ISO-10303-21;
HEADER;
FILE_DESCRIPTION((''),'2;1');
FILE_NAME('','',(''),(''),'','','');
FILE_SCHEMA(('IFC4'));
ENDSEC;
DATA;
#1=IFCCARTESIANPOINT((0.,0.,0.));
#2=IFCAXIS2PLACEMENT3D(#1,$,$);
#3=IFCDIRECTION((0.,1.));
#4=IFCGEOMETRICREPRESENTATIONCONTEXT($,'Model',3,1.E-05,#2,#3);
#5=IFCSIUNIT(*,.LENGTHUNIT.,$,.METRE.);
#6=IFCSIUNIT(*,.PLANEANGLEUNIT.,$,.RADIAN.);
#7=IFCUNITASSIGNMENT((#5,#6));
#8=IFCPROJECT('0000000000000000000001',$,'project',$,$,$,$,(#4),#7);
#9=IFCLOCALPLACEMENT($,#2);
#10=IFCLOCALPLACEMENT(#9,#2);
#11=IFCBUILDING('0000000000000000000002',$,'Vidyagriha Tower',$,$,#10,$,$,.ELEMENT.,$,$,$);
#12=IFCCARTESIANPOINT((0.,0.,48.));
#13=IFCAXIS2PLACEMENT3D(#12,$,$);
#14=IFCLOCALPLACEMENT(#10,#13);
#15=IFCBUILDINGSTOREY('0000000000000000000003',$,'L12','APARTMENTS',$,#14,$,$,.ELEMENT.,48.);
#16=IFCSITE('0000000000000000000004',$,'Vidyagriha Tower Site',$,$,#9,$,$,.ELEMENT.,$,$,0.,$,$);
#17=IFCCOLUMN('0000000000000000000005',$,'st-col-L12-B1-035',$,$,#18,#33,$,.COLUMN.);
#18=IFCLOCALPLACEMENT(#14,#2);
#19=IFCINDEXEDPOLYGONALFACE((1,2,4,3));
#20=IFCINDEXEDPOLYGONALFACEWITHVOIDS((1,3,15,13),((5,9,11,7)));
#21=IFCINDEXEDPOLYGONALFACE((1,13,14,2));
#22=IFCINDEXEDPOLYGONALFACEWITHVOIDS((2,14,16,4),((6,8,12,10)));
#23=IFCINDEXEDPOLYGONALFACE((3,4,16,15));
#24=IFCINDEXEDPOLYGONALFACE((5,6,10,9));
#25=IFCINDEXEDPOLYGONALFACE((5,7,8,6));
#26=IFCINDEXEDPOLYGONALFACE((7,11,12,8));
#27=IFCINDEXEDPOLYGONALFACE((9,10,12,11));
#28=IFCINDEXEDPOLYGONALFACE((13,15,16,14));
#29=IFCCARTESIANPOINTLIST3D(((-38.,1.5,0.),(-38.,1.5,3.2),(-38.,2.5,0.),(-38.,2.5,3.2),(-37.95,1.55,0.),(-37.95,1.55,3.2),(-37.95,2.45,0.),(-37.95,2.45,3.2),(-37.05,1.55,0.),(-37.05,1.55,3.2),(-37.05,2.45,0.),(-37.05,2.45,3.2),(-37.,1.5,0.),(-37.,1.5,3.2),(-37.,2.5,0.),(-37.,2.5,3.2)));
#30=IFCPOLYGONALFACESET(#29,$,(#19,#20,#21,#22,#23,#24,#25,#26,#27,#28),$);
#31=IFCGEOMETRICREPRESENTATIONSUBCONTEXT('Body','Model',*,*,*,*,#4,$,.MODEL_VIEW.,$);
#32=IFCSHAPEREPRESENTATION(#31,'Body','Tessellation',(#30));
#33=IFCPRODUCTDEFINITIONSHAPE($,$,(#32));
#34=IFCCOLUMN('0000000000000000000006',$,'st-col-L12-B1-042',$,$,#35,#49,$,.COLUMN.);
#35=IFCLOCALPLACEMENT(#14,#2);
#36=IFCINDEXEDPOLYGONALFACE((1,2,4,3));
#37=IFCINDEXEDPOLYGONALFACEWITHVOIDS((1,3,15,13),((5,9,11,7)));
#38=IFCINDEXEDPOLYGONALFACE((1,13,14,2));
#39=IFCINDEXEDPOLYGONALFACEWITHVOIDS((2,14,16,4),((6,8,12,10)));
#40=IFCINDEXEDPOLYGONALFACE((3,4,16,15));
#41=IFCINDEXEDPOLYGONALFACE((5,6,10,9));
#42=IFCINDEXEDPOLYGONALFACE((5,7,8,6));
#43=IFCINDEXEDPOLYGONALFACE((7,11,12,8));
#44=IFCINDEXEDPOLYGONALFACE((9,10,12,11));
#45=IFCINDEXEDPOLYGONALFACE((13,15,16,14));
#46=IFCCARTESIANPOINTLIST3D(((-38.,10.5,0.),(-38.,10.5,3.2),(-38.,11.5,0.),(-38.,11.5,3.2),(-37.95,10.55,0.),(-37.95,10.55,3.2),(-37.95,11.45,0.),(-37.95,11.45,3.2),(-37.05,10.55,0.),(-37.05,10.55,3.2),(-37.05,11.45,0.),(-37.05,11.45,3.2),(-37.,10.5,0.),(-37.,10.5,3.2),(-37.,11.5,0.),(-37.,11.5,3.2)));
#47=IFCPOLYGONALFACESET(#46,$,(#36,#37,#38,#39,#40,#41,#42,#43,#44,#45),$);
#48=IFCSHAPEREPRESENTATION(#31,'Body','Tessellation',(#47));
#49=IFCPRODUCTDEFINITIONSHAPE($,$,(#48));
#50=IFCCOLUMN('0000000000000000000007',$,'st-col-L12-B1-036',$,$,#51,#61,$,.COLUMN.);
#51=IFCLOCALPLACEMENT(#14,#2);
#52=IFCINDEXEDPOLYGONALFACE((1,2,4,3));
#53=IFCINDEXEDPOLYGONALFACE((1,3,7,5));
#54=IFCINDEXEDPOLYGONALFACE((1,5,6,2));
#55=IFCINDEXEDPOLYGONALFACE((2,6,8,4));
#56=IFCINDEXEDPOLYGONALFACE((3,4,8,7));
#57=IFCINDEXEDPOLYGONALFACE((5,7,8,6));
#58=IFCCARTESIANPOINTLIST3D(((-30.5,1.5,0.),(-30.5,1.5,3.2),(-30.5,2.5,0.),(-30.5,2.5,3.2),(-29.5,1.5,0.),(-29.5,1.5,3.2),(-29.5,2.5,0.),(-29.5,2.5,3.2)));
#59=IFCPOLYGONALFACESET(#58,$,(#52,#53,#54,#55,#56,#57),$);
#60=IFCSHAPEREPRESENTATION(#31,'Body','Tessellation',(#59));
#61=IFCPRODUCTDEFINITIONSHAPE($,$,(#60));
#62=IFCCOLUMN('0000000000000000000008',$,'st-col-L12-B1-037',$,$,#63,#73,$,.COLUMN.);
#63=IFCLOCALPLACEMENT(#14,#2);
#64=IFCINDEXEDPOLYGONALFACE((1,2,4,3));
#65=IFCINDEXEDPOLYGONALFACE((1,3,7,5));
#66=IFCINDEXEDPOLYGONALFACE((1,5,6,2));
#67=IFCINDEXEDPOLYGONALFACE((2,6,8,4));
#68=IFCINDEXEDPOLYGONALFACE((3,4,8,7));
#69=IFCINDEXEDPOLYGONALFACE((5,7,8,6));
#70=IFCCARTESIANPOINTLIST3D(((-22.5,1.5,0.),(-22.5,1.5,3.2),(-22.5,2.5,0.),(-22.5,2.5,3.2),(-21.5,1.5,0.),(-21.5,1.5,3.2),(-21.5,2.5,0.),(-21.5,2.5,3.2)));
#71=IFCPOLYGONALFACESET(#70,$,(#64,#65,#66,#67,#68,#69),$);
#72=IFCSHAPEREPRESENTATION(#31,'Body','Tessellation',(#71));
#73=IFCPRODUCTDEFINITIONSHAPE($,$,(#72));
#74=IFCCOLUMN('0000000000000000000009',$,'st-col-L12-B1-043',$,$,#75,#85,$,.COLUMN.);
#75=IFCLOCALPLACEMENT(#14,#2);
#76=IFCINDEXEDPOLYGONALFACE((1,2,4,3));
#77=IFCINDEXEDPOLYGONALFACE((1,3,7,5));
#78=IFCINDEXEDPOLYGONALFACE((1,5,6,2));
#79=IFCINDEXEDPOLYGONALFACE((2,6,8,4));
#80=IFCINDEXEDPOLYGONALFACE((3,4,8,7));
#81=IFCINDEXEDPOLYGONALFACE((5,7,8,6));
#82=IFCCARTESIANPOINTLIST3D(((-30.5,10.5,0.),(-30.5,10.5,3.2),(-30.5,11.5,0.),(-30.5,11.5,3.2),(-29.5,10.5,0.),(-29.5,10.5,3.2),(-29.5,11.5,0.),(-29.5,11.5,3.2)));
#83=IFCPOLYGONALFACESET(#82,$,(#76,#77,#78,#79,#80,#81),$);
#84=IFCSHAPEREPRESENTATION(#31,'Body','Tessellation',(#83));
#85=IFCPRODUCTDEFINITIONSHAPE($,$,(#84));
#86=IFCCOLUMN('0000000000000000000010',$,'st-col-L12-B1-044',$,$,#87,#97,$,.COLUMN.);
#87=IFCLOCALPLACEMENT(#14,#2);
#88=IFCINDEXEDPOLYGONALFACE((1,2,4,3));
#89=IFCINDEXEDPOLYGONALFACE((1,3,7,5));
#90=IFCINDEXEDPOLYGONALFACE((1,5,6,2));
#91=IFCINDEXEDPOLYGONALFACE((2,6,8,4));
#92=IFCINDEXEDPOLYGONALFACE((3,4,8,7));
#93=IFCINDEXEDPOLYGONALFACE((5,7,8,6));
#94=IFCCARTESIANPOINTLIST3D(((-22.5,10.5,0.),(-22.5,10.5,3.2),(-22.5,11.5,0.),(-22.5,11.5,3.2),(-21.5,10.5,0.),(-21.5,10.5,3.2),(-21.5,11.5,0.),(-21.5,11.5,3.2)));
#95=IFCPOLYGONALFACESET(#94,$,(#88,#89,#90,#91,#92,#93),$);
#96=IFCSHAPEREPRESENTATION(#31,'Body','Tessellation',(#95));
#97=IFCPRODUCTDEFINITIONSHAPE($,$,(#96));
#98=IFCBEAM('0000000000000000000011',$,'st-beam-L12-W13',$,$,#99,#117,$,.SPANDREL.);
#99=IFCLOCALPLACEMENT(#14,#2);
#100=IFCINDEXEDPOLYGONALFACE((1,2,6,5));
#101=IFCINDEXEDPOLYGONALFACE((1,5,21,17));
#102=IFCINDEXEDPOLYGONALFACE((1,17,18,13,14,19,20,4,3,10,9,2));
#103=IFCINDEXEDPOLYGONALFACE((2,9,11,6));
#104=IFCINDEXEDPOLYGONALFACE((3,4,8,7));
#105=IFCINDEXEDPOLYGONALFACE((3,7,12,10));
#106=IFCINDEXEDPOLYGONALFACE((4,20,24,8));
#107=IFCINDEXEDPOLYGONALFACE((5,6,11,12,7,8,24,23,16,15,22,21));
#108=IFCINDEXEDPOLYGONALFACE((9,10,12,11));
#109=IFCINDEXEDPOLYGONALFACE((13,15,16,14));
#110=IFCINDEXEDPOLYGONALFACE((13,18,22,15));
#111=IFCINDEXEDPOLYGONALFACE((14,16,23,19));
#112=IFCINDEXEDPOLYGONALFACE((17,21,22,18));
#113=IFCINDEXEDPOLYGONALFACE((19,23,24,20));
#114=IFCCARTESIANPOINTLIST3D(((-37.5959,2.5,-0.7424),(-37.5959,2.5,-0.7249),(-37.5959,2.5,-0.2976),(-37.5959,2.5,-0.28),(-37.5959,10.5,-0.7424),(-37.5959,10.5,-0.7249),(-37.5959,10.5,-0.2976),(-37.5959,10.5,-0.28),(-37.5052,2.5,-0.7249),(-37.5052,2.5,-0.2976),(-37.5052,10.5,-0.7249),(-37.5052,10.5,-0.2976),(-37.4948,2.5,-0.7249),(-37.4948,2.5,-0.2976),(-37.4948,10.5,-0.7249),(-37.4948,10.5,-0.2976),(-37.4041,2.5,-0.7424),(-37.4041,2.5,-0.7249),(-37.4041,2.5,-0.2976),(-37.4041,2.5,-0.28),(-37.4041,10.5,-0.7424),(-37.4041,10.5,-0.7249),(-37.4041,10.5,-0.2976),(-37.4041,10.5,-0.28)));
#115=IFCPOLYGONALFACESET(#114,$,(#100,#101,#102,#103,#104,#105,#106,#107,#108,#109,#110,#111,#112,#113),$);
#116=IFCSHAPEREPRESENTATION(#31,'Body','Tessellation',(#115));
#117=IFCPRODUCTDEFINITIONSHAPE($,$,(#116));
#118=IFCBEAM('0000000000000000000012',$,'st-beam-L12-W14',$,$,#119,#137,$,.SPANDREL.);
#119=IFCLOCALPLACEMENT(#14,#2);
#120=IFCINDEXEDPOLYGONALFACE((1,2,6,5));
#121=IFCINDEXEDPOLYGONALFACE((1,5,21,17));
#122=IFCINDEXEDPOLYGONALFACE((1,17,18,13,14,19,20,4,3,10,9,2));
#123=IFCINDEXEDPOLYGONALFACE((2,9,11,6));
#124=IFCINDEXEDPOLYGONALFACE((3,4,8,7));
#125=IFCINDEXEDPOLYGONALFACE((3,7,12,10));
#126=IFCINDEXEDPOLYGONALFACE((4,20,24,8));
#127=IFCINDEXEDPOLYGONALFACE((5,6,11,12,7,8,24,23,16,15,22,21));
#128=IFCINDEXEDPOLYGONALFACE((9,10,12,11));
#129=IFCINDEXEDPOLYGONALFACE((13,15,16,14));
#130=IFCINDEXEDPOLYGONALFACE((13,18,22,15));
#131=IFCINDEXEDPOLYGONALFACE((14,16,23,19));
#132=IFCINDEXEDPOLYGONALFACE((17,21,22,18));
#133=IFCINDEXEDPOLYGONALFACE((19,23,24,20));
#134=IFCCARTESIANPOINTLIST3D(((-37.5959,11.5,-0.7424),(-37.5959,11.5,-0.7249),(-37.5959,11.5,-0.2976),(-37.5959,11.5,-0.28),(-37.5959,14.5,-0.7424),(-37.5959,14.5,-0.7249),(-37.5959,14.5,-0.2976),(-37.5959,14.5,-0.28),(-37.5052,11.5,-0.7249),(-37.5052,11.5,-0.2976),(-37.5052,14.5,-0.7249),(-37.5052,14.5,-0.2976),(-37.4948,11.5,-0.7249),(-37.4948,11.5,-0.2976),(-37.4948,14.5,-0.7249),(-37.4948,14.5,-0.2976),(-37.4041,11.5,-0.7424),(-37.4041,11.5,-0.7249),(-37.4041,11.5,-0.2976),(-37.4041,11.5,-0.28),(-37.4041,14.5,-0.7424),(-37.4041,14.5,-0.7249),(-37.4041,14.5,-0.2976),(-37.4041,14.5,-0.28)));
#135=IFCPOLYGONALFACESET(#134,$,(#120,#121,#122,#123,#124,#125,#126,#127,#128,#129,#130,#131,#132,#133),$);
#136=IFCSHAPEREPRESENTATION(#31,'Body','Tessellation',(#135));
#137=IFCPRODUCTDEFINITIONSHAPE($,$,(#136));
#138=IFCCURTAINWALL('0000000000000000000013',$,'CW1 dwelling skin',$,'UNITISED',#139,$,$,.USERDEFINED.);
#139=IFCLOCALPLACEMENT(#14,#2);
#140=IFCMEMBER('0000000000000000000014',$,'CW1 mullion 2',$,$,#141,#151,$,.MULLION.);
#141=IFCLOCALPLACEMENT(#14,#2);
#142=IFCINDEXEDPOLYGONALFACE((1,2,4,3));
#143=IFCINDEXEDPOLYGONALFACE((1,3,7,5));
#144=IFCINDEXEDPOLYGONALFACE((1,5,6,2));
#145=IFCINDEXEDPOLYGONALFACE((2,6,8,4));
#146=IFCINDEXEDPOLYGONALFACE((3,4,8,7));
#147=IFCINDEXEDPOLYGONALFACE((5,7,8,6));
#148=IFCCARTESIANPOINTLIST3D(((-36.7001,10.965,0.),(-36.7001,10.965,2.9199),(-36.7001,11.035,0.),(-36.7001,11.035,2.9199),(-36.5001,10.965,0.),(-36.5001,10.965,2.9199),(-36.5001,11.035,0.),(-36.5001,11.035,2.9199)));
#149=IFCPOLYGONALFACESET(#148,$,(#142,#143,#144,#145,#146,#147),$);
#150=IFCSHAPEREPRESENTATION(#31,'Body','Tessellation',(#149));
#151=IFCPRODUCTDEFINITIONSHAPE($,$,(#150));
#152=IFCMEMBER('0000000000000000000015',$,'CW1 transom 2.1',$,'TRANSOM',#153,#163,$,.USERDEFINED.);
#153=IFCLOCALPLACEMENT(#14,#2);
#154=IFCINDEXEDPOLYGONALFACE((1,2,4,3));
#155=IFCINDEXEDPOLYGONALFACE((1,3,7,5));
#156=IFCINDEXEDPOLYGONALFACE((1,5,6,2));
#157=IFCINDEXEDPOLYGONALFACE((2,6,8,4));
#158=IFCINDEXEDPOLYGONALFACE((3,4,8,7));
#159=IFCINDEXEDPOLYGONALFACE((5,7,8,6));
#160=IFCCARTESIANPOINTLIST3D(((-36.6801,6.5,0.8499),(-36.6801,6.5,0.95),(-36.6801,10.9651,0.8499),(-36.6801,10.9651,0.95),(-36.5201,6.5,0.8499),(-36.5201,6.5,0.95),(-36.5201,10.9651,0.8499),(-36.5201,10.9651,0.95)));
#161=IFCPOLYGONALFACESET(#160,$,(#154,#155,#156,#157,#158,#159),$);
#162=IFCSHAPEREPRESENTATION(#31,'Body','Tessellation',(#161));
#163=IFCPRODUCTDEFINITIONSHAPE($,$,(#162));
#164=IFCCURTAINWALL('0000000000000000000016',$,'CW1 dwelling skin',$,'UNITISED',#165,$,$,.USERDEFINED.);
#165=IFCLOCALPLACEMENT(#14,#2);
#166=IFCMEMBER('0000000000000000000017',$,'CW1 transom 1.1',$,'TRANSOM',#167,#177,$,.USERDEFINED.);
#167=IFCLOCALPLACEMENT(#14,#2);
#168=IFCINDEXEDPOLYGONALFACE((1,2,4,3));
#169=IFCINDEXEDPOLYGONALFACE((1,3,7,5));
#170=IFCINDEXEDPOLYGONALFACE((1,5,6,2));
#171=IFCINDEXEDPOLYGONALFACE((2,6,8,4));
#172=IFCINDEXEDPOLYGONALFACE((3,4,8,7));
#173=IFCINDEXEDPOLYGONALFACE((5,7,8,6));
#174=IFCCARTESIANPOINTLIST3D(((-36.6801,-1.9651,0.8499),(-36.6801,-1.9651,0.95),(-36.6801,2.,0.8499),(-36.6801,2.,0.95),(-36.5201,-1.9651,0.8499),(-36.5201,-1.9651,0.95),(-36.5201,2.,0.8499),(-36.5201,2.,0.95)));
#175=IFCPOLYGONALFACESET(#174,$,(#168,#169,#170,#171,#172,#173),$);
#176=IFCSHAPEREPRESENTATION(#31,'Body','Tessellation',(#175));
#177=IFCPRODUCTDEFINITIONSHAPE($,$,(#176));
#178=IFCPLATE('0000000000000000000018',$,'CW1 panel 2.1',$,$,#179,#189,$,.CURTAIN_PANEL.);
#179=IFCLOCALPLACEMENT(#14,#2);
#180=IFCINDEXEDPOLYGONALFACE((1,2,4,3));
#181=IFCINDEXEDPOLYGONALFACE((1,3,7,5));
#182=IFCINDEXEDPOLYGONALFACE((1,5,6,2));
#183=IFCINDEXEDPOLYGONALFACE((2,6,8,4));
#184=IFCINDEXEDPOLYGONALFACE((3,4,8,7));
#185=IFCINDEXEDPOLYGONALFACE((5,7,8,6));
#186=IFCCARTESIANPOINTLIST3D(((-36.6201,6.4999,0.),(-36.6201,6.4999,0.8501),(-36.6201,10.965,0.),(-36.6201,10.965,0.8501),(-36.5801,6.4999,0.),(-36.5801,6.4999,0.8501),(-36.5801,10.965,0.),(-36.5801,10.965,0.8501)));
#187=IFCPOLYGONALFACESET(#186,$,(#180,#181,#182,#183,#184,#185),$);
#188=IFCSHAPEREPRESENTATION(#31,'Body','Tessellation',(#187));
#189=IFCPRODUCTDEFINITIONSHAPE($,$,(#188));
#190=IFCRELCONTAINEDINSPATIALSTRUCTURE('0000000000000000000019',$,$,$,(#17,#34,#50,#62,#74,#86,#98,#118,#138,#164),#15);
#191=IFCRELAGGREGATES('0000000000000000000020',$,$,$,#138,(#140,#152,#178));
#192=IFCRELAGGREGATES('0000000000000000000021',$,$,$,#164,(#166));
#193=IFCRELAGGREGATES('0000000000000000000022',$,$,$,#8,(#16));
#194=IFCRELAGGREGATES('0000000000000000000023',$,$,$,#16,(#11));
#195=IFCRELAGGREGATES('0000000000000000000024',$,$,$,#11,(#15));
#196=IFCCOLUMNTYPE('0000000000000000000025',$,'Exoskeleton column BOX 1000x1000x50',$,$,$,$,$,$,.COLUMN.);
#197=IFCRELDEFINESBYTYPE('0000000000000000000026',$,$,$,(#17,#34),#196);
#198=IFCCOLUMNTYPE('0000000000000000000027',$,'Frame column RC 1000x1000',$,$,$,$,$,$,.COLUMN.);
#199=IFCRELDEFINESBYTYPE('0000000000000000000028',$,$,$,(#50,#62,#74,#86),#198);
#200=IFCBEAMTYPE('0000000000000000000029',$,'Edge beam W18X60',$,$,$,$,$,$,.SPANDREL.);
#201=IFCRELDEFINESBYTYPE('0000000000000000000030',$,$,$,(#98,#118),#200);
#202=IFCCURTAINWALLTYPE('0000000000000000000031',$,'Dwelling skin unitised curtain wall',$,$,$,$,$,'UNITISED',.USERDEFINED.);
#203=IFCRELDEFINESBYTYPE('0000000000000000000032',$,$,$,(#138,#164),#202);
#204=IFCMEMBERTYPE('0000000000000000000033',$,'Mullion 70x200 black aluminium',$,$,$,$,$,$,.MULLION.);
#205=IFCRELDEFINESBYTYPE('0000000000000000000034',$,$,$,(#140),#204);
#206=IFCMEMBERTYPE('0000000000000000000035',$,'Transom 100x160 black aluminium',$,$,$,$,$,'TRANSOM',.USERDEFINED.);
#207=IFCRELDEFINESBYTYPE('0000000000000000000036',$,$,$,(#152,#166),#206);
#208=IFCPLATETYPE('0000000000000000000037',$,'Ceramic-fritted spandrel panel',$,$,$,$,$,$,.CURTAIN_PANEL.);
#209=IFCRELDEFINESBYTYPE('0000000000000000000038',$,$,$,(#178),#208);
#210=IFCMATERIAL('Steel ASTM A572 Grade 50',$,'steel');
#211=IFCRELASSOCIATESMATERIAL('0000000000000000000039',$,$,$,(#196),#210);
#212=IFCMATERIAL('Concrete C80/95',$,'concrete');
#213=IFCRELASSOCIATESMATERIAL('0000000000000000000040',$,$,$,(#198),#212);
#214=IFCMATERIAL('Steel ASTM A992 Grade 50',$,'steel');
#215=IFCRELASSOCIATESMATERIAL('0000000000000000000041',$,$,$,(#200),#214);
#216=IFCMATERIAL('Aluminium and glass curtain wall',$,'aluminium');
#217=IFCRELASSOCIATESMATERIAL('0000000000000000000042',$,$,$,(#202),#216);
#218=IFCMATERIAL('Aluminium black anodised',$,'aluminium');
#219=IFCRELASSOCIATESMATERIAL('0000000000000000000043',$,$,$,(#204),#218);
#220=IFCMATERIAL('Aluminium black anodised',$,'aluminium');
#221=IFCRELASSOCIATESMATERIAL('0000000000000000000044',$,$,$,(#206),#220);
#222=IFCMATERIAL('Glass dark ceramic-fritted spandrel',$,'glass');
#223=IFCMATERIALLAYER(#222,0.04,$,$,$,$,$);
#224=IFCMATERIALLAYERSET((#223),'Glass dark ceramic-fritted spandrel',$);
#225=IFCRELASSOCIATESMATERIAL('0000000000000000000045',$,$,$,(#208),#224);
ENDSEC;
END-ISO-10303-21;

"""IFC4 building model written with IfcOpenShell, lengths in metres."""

from ifc_helpers import new_model, si_unit, direction, frame, origin, origin_2d, place, context, subcontext, project, spatial, rectangle, hollow_rectangle, i_section, extrude, material, layer, layer_set, material_profile, profile_set, type_object, element, aggregate, save


model = new_model("IFC4")

# Units and contexts
model_context = context("Model", 3, precision=1e-05, world=origin(), true_north=direction((0.0, 1.0)))
body_context = subcontext(model_context, "Body", "Model", "MODEL_VIEW")
ifc_project = project(units=[si_unit("LENGTHUNIT", "METRE"), si_unit("PLANEANGLEUNIT", "RADIAN")], contexts=[model_context])

# Site, building, storey
site_placement = place(None, origin())
site = spatial("IfcSite", under=ifc_project, at=site_placement, Name="Vidyagriha Tower Site", CompositionType="ELEMENT", RefElevation=0.0)
building_placement = place(site_placement, origin())
building = spatial("IfcBuilding", under=site, at=building_placement, Name="Vidyagriha Tower", CompositionType="ELEMENT")
storey_placement = place(building_placement, frame((0.0, 0.0, 48.0)))
storey = spatial("IfcBuildingStorey", under=building, at=storey_placement, Name="L12", Description="APARTMENTS", CompositionType="ELEMENT", Elevation=48.0)

# Columns
ifc_material_1 = material(Name="Steel ASTM A572 Grade 50", Category="steel")
ifc_material_profile_1 = material_profile(ifc_material_1, hollow_rectangle(XDim=1.0, YDim=1.0, WallThickness=0.05, at=origin_2d()), Name="BOX 1000x1000x50")
ifc_profile_set_1 = profile_set([ifc_material_profile_1], Name="Steel ASTM A572 Grade 50")
column_type_1 = type_object("IfcColumnType", Name="Exoskeleton column BOX 1000x1000x50", PredefinedType="COLUMN", material=ifc_profile_set_1)
for number, where, name in (
    (1, (-37.5, 2.0, 0.0), "st-col-L12-B1-035"),
    (2, (-37.5, 11.0, 0.0), "st-col-L12-B1-042"),
):
    element("IfcColumn", number, at=place(storey_placement, frame(where)), inside=storey, type_object=column_type_1, Name=name, PredefinedType="COLUMN", context=body_context, shape_type="SweptSolid", body=[
        extrude(hollow_rectangle(XDim=1.0, YDim=1.0, WallThickness=0.05, at=origin_2d()), origin(), (0.0, 0.0, 1.0), 3.2),
    ])
ifc_material_2 = material(Name="Concrete C80/95", Category="concrete")
ifc_material_profile_2 = material_profile(ifc_material_2, rectangle(XDim=1.0, YDim=1.0, at=origin_2d()), Name="RC 1000x1000")
ifc_profile_set_2 = profile_set([ifc_material_profile_2], Name="Concrete C80/95")
column_type_2 = type_object("IfcColumnType", Name="Frame column RC 1000x1000", PredefinedType="COLUMN", material=ifc_profile_set_2)
for number, where, name in (
    (3, (-30.0, 2.0, 0.0), "st-col-L12-B1-036"),
    (4, (-22.0, 2.0, 0.0), "st-col-L12-B1-037"),
    (5, (-30.0, 11.0, 0.0), "st-col-L12-B1-043"),
    (6, (-22.0, 11.0, 0.0), "st-col-L12-B1-044"),
):
    element("IfcColumn", number, at=place(storey_placement, frame(where)), inside=storey, type_object=column_type_2, Name=name, PredefinedType="COLUMN", context=body_context, shape_type="SweptSolid", body=[
        extrude(rectangle(XDim=1.0, YDim=1.0, at=origin_2d()), origin(), (0.0, 0.0, 1.0), 3.2),
    ])

# Beams
ifc_material_3 = material(Name="Steel ASTM A992 Grade 50", Category="steel")
ifc_material_profile_3 = material_profile(ifc_material_3, i_section(OverallWidth=0.1919, OverallDepth=0.4624, WebThickness=0.0105, FlangeThickness=0.0176, at=origin_2d()), Name="W18X60")
ifc_profile_set_3 = profile_set([ifc_material_profile_3], Name="Steel ASTM A992 Grade 50")
beam_type = type_object("IfcBeamType", Name="Edge beam W18X60", PredefinedType="SPANDREL", material=ifc_profile_set_3)
beam_1_placement = place(storey_placement, frame((-37.5, 2.5, -0.5112), z_axis=(0.0, 1.0, 0.0), x_axis=(-1.0, 0.0, 0.0)))
element("IfcBeam", 7, at=beam_1_placement, inside=storey, type_object=beam_type, Name="st-beam-L12-W13", PredefinedType="SPANDREL", context=body_context, shape_type="SweptSolid", body=[
    extrude(i_section(OverallWidth=0.1919, OverallDepth=0.4624, WebThickness=0.0105, FlangeThickness=0.0176, at=origin_2d()), origin(), (0.0, 0.0, 1.0), 8.0),
])
beam_2_placement = place(storey_placement, frame((-37.5, 11.5, -0.5112), z_axis=(0.0, 1.0, 0.0), x_axis=(-1.0, 0.0, 0.0)))
element("IfcBeam", 8, at=beam_2_placement, inside=storey, type_object=beam_type, Name="st-beam-L12-W14", PredefinedType="SPANDREL", context=body_context, shape_type="SweptSolid", body=[
    extrude(i_section(OverallWidth=0.1919, OverallDepth=0.4624, WebThickness=0.0105, FlangeThickness=0.0176, at=origin_2d()), origin(), (0.0, 0.0, 1.0), 3.0),
])

# Curtain wall, members
ifc_material_4 = material(Name="Aluminium and glass curtain wall", Category="aluminium")
curtain_wall_type = type_object("IfcCurtainWallType", Name="Dwelling skin unitised curtain wall", ElementType="UNITISED", PredefinedType="USERDEFINED", material=ifc_material_4)
curtain_wall_1_placement = place(storey_placement, origin())
curtain_wall_1 = element("IfcCurtainWall", 9, at=curtain_wall_1_placement, inside=storey, type_object=curtain_wall_type, Name="CW1 dwelling skin", ObjectType="UNITISED", PredefinedType="USERDEFINED")
ifc_material_5 = material(Name="Aluminium black anodised", Category="aluminium")
ifc_material_profile_4 = material_profile(ifc_material_5, rectangle(XDim=0.2, YDim=0.0701, at=origin_2d()), Name="Mullion 70x200 black aluminium")
ifc_profile_set_4 = profile_set([ifc_material_profile_4], Name="Aluminium black anodised")
member_type_1 = type_object("IfcMemberType", Name="Mullion 70x200 black aluminium", PredefinedType="MULLION", material=ifc_profile_set_4)
member_1_placement = place(storey_placement, frame((-36.6001, 11.0, 0.0)))
member_1 = element("IfcMember", 10, at=member_1_placement, type_object=member_type_1, Name="CW1 mullion 2", PredefinedType="MULLION", context=body_context, shape_type="SweptSolid", body=[
    extrude(rectangle(XDim=0.2, YDim=0.0701, at=origin_2d()), origin(), (0.0, 0.0, 1.0), 2.9199),
])
ifc_material_6 = material(Name="Aluminium black anodised", Category="aluminium")
ifc_material_profile_5 = material_profile(ifc_material_6, rectangle(XDim=0.1599, YDim=0.1001, at=origin_2d()), Name="Transom 100x160 black aluminium")
ifc_profile_set_5 = profile_set([ifc_material_profile_5], Name="Aluminium black anodised")
member_type_2 = type_object("IfcMemberType", Name="Transom 100x160 black aluminium", ElementType="TRANSOM", PredefinedType="USERDEFINED", material=ifc_profile_set_5)
member_2_placement = place(storey_placement, frame((-36.6001, 10.9651, 0.8999), z_axis=(0.0, -1.0, 0.0), x_axis=(1.0, 0.0, 0.0)))
member_2 = element("IfcMember", 11, at=member_2_placement, type_object=member_type_2, Name="CW1 transom 2.1", ObjectType="TRANSOM", PredefinedType="USERDEFINED", context=body_context, shape_type="SweptSolid", body=[
    extrude(rectangle(XDim=0.1599, YDim=0.1001, at=origin_2d()), origin(), (0.0, 0.0, 1.0), 4.4651),
])

# Curtain wall, member
curtain_wall_2_placement = place(storey_placement, origin())
curtain_wall_2 = element("IfcCurtainWall", 12, at=curtain_wall_2_placement, inside=storey, type_object=curtain_wall_type, Name="CW1 dwelling skin", ObjectType="UNITISED", PredefinedType="USERDEFINED")
member_3_placement = place(storey_placement, frame((-36.6001, 2.0, 0.8999), z_axis=(0.0, -1.0, 0.0), x_axis=(1.0, 0.0, 0.0)))
member_3 = element("IfcMember", 13, at=member_3_placement, type_object=member_type_2, Name="CW1 transom 1.1", ObjectType="TRANSOM", PredefinedType="USERDEFINED", context=body_context, shape_type="SweptSolid", body=[
    extrude(rectangle(XDim=0.1599, YDim=0.1001, at=origin_2d()), origin(), (0.0, 0.0, 1.0), 3.9651),
])

# Plate
ifc_material_7 = material(Name="Glass dark ceramic-fritted spandrel", Category="glass")
ifc_layer_1 = layer(ifc_material_7, 0.04)
ifc_layer_set_1 = layer_set([ifc_layer_1], Name="Glass dark ceramic-fritted spandrel")
plate_type_1 = type_object("IfcPlateType", Name="Ceramic-fritted spandrel panel", PredefinedType="CURTAIN_PANEL", material=ifc_layer_set_1)
plate_1_placement = place(storey_placement, frame((-36.6001, 8.7324, 0.0), z_axis=(0.0, 0.0, 1.0), x_axis=(0.0, -1.0, 0.0)))
plate_1 = element("IfcPlate", 14, at=plate_1_placement, type_object=plate_type_1, Name="CW1 panel 2.1", PredefinedType="CURTAIN_PANEL", context=body_context, shape_type="SweptSolid", body=[
    extrude(rectangle(XDim=4.4651, YDim=0.04, at=origin_2d()), origin(), (0.0, 0.0, 1.0), 0.8501),
])
aggregate(curtain_wall_1, [member_1, member_2, plate_1])
aggregate(curtain_wall_2, [member_3])

save(model, "model.ifc")
